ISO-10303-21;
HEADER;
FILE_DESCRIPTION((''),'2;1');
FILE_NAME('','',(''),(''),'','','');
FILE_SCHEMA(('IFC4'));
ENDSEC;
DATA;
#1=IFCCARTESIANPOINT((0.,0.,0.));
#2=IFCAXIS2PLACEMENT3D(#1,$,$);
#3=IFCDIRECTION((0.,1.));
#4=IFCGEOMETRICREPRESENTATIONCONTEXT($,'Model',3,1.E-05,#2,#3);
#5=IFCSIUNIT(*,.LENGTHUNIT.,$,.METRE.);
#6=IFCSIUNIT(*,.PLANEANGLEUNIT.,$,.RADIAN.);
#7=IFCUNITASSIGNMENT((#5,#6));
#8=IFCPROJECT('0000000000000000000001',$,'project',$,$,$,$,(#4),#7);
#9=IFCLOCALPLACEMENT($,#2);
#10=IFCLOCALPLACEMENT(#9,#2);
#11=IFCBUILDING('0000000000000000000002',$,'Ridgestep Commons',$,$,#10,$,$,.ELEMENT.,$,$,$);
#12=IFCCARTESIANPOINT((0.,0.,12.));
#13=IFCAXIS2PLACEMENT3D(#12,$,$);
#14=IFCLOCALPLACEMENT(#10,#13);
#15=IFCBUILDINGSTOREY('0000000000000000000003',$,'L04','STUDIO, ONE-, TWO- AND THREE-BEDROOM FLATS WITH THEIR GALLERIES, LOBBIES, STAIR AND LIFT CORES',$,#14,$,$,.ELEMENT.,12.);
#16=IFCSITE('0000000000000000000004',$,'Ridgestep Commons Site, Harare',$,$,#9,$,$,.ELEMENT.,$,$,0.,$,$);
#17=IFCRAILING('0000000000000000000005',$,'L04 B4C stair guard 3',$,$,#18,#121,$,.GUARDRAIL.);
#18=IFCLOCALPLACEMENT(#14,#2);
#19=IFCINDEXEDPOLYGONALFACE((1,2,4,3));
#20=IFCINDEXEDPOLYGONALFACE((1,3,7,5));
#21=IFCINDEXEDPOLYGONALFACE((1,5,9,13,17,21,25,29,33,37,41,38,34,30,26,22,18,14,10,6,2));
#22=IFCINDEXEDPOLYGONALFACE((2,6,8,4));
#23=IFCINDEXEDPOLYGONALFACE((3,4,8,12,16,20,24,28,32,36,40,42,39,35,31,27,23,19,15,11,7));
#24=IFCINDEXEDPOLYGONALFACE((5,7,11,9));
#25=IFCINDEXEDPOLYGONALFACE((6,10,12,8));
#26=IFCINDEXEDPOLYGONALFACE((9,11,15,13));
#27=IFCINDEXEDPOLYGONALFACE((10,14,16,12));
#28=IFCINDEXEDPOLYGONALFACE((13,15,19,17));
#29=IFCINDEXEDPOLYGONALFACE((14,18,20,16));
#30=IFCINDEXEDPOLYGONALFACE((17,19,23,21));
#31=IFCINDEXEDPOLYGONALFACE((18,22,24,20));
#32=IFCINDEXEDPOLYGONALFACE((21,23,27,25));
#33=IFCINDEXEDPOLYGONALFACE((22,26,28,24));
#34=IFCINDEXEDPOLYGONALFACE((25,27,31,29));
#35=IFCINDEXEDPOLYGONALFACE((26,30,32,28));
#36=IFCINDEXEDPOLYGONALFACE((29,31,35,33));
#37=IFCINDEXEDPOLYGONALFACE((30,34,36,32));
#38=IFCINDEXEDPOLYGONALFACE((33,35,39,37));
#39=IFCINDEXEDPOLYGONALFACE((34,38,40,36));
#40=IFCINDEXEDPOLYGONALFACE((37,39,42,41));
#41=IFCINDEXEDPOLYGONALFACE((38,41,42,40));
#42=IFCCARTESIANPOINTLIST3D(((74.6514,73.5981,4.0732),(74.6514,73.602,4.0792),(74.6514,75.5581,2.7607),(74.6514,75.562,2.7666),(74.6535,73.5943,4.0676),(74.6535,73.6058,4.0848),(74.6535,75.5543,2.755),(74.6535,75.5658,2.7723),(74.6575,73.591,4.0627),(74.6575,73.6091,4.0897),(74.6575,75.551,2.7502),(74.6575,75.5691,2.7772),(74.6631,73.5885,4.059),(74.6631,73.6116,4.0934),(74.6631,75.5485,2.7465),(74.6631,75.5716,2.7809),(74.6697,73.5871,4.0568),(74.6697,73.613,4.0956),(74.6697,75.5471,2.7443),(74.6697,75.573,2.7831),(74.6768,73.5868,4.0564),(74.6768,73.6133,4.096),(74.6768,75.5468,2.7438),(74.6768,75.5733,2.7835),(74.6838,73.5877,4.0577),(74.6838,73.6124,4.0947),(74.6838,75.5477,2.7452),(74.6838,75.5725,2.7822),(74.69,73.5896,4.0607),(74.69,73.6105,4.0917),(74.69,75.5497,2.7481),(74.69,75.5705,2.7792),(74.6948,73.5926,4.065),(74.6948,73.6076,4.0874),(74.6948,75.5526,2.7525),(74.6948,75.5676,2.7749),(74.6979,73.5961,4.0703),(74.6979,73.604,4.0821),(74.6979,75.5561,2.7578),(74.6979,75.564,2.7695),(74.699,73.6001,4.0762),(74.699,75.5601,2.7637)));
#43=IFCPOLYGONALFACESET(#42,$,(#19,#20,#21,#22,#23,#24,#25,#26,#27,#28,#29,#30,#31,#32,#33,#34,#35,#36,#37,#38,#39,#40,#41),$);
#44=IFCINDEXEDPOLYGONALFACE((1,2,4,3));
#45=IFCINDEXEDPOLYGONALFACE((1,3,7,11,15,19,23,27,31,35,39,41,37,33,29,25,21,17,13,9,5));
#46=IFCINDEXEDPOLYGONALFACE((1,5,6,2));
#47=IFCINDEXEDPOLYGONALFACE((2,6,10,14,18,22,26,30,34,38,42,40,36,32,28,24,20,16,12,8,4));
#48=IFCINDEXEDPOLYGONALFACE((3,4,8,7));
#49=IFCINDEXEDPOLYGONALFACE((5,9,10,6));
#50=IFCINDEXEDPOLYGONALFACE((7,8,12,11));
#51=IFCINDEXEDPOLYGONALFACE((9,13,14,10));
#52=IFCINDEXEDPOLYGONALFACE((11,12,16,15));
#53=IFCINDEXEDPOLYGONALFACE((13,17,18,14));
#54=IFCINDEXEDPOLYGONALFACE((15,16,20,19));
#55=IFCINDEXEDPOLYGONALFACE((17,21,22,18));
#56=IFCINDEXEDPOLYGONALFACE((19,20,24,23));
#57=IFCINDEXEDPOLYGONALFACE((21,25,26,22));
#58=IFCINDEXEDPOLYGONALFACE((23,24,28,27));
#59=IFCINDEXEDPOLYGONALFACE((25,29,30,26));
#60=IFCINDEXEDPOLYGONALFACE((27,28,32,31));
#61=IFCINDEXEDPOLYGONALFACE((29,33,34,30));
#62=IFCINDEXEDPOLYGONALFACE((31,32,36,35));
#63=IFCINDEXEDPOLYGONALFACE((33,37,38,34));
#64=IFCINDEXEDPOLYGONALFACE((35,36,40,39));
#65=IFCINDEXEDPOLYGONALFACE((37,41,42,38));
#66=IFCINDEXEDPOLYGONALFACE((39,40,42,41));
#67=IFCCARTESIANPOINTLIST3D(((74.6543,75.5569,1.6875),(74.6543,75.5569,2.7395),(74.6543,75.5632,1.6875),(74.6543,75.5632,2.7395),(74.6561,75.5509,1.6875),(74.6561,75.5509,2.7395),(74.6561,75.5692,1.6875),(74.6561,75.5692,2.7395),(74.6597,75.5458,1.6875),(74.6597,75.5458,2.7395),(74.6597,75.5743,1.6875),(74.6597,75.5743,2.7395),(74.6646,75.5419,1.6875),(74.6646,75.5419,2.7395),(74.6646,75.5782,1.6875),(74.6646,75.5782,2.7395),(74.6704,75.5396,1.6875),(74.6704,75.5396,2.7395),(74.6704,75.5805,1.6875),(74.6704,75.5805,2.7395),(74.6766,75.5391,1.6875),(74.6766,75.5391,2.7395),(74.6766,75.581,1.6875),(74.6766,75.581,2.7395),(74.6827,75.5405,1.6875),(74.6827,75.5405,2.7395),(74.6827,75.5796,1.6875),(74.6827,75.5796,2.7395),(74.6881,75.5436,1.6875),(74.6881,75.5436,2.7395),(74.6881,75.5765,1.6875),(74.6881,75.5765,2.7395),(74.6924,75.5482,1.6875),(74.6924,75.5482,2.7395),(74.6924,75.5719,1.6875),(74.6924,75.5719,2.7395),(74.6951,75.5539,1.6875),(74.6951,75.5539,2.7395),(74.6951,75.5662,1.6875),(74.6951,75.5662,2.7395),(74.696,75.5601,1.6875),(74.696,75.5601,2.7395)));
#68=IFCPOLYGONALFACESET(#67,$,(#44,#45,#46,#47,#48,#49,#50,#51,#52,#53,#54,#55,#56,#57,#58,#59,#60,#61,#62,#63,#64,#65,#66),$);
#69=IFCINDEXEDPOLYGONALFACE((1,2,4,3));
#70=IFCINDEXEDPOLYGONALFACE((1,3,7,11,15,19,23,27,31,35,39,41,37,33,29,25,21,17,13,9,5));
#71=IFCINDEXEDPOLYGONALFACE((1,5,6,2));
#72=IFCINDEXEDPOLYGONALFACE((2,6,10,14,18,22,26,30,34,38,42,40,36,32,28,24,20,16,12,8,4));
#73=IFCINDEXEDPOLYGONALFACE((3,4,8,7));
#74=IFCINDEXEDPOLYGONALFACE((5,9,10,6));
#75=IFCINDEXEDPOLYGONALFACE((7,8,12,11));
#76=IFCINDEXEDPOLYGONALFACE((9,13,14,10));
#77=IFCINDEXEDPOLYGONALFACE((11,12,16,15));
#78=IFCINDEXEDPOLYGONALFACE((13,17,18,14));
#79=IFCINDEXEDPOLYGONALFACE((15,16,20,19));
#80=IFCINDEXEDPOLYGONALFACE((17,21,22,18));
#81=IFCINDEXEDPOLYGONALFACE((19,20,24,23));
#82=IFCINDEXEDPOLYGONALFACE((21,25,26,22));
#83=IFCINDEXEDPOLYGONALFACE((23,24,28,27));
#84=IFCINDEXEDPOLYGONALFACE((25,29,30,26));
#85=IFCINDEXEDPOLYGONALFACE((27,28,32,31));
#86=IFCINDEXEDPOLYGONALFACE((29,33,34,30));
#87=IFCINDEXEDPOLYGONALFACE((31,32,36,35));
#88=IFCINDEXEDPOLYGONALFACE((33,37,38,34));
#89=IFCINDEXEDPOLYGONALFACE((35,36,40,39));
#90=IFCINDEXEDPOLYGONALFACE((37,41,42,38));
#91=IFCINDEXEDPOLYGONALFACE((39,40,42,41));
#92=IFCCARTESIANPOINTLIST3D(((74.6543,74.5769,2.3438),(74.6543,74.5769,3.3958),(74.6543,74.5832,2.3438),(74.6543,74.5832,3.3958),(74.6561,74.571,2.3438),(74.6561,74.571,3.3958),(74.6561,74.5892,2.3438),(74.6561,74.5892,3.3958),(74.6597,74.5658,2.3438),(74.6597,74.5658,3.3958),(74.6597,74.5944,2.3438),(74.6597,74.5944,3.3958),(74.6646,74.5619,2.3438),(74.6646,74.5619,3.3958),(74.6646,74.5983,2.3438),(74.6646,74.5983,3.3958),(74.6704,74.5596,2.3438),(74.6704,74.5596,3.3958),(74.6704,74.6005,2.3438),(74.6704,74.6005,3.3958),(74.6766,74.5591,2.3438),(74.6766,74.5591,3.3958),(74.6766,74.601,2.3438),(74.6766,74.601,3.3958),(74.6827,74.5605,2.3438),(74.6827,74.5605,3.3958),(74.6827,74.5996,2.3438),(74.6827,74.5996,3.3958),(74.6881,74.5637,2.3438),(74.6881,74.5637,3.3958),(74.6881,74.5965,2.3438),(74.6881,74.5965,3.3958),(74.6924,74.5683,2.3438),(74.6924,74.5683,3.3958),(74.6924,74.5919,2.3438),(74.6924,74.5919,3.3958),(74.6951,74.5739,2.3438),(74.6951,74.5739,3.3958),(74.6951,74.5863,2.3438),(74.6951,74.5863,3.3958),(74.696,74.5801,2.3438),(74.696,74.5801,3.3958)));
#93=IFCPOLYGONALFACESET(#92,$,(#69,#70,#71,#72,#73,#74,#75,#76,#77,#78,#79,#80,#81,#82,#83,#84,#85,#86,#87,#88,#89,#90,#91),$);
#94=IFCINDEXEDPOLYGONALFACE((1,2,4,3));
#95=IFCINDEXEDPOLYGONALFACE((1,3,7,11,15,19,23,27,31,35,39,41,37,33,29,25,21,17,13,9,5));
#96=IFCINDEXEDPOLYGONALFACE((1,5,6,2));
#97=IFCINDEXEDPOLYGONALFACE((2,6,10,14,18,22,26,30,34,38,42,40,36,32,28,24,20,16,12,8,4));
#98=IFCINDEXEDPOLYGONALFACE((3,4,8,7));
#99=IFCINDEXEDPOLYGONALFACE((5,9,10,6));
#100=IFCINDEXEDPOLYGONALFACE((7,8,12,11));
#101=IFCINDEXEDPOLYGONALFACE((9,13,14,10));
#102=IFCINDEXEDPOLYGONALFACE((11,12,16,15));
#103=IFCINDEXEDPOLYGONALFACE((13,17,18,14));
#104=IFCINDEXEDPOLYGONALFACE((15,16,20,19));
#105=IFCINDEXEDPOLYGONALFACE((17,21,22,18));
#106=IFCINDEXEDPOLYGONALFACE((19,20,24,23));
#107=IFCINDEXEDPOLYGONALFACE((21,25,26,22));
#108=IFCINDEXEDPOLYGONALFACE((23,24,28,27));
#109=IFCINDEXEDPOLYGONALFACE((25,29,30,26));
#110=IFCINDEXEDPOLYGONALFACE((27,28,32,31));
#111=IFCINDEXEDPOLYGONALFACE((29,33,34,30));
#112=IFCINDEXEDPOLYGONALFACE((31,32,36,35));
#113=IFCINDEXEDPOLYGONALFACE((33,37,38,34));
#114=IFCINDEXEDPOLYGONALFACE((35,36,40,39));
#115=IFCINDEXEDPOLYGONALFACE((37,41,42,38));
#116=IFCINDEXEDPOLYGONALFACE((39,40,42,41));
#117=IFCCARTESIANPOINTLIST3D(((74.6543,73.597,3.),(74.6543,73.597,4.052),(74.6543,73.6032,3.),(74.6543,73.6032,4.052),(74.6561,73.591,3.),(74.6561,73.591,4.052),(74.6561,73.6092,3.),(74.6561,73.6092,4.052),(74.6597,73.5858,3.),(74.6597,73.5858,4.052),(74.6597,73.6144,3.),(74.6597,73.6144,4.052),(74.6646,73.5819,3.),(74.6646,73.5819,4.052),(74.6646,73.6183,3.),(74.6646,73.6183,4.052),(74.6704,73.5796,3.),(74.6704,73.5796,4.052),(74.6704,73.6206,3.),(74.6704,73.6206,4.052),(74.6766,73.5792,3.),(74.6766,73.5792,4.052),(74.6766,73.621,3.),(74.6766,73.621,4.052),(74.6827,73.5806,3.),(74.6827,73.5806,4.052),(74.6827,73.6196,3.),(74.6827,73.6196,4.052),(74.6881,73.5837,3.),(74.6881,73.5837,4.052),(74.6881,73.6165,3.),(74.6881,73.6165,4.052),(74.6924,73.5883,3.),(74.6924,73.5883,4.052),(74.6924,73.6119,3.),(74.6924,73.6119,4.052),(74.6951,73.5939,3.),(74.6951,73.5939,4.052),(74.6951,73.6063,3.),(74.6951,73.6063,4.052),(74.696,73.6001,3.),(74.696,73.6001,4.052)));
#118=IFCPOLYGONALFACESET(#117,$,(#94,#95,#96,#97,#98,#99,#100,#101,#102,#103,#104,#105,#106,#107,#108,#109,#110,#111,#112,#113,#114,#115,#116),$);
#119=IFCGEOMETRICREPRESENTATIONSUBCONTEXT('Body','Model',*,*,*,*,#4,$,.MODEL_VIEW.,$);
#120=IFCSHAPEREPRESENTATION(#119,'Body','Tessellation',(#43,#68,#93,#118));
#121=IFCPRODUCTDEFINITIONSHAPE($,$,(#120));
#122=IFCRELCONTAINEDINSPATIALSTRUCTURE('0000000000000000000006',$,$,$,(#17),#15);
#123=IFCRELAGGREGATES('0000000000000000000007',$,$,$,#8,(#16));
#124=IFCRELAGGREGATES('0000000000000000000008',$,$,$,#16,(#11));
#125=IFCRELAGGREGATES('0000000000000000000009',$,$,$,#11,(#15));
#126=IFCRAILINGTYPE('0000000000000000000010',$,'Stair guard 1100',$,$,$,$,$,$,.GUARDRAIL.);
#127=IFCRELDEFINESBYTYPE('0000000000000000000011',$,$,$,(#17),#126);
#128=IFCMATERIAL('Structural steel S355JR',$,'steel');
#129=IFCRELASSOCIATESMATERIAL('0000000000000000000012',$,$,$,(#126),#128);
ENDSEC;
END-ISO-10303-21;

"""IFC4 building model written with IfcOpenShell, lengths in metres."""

from ifc_helpers import new_model, si_unit, direction, frame, origin, origin_2d, place, context, subcontext, project, spatial, circle, extrude, material, type_object, element, save


model = new_model("IFC4")

# Units and contexts
model_context = context("Model", 3, precision=1e-05, world=origin(), true_north=direction((0.0, 1.0)))
body_context = subcontext(model_context, "Body", "Model", "MODEL_VIEW")
ifc_project = project(units=[si_unit("LENGTHUNIT", "METRE"), si_unit("PLANEANGLEUNIT", "RADIAN")], contexts=[model_context])

# Site, building, storey
site_placement = place(None, origin())
site = spatial("IfcSite", under=ifc_project, at=site_placement, Name="Ridgestep Commons Site, Harare", CompositionType="ELEMENT", RefElevation=0.0)
building_placement = place(site_placement, origin())
building = spatial("IfcBuilding", under=site, at=building_placement, Name="Ridgestep Commons", CompositionType="ELEMENT")
storey_placement = place(building_placement, frame((0.0, 0.0, 12.0)))
storey = spatial("IfcBuildingStorey", under=building, at=storey_placement, Name="L04", Description="STUDIO, ONE-, TWO- AND THREE-BEDROOM FLATS WITH THEIR GALLERIES, LOBBIES, STAIR AND LIFT CORES", CompositionType="ELEMENT", Elevation=12.0)

# Railing
ifc_material_1 = material(Name="Structural steel S355JR", Category="steel")
railing_type_1 = type_object("IfcRailingType", Name="Stair guard 1100", PredefinedType="GUARDRAIL", material=ifc_material_1)
railing_1_placement = place(storey_placement, frame((74.675, 75.5601, 1.6875)))
element("IfcRailing", 1, at=railing_1_placement, inside=storey, type_object=railing_type_1, Name="L04 B4C stair guard 3", PredefinedType="GUARDRAIL", context=body_context, shape_type="SweptSolid", body=[
    extrude(circle(Radius=0.0239, at=origin_2d()), frame((0.0, 0.0, 1.0762), z_axis=(0.0, -0.830902, 0.556419), x_axis=(1.0, 0.0, 0.0)), (0.0, 0.0, 1.0), 2.3589),
    extrude(circle(Radius=0.021, at=origin_2d()), origin(), (0.0, 0.0, 1.0), 1.052),
    extrude(circle(Radius=0.021, at=origin_2d()), frame((0.0, -0.98, 0.6562)), (0.0, 0.0, 1.0), 1.052),
    extrude(circle(Radius=0.021, at=origin_2d()), frame((0.0, -1.96, 1.3125)), (0.0, 0.0, 1.0), 1.052),
])

save(model, "model.ifc")
